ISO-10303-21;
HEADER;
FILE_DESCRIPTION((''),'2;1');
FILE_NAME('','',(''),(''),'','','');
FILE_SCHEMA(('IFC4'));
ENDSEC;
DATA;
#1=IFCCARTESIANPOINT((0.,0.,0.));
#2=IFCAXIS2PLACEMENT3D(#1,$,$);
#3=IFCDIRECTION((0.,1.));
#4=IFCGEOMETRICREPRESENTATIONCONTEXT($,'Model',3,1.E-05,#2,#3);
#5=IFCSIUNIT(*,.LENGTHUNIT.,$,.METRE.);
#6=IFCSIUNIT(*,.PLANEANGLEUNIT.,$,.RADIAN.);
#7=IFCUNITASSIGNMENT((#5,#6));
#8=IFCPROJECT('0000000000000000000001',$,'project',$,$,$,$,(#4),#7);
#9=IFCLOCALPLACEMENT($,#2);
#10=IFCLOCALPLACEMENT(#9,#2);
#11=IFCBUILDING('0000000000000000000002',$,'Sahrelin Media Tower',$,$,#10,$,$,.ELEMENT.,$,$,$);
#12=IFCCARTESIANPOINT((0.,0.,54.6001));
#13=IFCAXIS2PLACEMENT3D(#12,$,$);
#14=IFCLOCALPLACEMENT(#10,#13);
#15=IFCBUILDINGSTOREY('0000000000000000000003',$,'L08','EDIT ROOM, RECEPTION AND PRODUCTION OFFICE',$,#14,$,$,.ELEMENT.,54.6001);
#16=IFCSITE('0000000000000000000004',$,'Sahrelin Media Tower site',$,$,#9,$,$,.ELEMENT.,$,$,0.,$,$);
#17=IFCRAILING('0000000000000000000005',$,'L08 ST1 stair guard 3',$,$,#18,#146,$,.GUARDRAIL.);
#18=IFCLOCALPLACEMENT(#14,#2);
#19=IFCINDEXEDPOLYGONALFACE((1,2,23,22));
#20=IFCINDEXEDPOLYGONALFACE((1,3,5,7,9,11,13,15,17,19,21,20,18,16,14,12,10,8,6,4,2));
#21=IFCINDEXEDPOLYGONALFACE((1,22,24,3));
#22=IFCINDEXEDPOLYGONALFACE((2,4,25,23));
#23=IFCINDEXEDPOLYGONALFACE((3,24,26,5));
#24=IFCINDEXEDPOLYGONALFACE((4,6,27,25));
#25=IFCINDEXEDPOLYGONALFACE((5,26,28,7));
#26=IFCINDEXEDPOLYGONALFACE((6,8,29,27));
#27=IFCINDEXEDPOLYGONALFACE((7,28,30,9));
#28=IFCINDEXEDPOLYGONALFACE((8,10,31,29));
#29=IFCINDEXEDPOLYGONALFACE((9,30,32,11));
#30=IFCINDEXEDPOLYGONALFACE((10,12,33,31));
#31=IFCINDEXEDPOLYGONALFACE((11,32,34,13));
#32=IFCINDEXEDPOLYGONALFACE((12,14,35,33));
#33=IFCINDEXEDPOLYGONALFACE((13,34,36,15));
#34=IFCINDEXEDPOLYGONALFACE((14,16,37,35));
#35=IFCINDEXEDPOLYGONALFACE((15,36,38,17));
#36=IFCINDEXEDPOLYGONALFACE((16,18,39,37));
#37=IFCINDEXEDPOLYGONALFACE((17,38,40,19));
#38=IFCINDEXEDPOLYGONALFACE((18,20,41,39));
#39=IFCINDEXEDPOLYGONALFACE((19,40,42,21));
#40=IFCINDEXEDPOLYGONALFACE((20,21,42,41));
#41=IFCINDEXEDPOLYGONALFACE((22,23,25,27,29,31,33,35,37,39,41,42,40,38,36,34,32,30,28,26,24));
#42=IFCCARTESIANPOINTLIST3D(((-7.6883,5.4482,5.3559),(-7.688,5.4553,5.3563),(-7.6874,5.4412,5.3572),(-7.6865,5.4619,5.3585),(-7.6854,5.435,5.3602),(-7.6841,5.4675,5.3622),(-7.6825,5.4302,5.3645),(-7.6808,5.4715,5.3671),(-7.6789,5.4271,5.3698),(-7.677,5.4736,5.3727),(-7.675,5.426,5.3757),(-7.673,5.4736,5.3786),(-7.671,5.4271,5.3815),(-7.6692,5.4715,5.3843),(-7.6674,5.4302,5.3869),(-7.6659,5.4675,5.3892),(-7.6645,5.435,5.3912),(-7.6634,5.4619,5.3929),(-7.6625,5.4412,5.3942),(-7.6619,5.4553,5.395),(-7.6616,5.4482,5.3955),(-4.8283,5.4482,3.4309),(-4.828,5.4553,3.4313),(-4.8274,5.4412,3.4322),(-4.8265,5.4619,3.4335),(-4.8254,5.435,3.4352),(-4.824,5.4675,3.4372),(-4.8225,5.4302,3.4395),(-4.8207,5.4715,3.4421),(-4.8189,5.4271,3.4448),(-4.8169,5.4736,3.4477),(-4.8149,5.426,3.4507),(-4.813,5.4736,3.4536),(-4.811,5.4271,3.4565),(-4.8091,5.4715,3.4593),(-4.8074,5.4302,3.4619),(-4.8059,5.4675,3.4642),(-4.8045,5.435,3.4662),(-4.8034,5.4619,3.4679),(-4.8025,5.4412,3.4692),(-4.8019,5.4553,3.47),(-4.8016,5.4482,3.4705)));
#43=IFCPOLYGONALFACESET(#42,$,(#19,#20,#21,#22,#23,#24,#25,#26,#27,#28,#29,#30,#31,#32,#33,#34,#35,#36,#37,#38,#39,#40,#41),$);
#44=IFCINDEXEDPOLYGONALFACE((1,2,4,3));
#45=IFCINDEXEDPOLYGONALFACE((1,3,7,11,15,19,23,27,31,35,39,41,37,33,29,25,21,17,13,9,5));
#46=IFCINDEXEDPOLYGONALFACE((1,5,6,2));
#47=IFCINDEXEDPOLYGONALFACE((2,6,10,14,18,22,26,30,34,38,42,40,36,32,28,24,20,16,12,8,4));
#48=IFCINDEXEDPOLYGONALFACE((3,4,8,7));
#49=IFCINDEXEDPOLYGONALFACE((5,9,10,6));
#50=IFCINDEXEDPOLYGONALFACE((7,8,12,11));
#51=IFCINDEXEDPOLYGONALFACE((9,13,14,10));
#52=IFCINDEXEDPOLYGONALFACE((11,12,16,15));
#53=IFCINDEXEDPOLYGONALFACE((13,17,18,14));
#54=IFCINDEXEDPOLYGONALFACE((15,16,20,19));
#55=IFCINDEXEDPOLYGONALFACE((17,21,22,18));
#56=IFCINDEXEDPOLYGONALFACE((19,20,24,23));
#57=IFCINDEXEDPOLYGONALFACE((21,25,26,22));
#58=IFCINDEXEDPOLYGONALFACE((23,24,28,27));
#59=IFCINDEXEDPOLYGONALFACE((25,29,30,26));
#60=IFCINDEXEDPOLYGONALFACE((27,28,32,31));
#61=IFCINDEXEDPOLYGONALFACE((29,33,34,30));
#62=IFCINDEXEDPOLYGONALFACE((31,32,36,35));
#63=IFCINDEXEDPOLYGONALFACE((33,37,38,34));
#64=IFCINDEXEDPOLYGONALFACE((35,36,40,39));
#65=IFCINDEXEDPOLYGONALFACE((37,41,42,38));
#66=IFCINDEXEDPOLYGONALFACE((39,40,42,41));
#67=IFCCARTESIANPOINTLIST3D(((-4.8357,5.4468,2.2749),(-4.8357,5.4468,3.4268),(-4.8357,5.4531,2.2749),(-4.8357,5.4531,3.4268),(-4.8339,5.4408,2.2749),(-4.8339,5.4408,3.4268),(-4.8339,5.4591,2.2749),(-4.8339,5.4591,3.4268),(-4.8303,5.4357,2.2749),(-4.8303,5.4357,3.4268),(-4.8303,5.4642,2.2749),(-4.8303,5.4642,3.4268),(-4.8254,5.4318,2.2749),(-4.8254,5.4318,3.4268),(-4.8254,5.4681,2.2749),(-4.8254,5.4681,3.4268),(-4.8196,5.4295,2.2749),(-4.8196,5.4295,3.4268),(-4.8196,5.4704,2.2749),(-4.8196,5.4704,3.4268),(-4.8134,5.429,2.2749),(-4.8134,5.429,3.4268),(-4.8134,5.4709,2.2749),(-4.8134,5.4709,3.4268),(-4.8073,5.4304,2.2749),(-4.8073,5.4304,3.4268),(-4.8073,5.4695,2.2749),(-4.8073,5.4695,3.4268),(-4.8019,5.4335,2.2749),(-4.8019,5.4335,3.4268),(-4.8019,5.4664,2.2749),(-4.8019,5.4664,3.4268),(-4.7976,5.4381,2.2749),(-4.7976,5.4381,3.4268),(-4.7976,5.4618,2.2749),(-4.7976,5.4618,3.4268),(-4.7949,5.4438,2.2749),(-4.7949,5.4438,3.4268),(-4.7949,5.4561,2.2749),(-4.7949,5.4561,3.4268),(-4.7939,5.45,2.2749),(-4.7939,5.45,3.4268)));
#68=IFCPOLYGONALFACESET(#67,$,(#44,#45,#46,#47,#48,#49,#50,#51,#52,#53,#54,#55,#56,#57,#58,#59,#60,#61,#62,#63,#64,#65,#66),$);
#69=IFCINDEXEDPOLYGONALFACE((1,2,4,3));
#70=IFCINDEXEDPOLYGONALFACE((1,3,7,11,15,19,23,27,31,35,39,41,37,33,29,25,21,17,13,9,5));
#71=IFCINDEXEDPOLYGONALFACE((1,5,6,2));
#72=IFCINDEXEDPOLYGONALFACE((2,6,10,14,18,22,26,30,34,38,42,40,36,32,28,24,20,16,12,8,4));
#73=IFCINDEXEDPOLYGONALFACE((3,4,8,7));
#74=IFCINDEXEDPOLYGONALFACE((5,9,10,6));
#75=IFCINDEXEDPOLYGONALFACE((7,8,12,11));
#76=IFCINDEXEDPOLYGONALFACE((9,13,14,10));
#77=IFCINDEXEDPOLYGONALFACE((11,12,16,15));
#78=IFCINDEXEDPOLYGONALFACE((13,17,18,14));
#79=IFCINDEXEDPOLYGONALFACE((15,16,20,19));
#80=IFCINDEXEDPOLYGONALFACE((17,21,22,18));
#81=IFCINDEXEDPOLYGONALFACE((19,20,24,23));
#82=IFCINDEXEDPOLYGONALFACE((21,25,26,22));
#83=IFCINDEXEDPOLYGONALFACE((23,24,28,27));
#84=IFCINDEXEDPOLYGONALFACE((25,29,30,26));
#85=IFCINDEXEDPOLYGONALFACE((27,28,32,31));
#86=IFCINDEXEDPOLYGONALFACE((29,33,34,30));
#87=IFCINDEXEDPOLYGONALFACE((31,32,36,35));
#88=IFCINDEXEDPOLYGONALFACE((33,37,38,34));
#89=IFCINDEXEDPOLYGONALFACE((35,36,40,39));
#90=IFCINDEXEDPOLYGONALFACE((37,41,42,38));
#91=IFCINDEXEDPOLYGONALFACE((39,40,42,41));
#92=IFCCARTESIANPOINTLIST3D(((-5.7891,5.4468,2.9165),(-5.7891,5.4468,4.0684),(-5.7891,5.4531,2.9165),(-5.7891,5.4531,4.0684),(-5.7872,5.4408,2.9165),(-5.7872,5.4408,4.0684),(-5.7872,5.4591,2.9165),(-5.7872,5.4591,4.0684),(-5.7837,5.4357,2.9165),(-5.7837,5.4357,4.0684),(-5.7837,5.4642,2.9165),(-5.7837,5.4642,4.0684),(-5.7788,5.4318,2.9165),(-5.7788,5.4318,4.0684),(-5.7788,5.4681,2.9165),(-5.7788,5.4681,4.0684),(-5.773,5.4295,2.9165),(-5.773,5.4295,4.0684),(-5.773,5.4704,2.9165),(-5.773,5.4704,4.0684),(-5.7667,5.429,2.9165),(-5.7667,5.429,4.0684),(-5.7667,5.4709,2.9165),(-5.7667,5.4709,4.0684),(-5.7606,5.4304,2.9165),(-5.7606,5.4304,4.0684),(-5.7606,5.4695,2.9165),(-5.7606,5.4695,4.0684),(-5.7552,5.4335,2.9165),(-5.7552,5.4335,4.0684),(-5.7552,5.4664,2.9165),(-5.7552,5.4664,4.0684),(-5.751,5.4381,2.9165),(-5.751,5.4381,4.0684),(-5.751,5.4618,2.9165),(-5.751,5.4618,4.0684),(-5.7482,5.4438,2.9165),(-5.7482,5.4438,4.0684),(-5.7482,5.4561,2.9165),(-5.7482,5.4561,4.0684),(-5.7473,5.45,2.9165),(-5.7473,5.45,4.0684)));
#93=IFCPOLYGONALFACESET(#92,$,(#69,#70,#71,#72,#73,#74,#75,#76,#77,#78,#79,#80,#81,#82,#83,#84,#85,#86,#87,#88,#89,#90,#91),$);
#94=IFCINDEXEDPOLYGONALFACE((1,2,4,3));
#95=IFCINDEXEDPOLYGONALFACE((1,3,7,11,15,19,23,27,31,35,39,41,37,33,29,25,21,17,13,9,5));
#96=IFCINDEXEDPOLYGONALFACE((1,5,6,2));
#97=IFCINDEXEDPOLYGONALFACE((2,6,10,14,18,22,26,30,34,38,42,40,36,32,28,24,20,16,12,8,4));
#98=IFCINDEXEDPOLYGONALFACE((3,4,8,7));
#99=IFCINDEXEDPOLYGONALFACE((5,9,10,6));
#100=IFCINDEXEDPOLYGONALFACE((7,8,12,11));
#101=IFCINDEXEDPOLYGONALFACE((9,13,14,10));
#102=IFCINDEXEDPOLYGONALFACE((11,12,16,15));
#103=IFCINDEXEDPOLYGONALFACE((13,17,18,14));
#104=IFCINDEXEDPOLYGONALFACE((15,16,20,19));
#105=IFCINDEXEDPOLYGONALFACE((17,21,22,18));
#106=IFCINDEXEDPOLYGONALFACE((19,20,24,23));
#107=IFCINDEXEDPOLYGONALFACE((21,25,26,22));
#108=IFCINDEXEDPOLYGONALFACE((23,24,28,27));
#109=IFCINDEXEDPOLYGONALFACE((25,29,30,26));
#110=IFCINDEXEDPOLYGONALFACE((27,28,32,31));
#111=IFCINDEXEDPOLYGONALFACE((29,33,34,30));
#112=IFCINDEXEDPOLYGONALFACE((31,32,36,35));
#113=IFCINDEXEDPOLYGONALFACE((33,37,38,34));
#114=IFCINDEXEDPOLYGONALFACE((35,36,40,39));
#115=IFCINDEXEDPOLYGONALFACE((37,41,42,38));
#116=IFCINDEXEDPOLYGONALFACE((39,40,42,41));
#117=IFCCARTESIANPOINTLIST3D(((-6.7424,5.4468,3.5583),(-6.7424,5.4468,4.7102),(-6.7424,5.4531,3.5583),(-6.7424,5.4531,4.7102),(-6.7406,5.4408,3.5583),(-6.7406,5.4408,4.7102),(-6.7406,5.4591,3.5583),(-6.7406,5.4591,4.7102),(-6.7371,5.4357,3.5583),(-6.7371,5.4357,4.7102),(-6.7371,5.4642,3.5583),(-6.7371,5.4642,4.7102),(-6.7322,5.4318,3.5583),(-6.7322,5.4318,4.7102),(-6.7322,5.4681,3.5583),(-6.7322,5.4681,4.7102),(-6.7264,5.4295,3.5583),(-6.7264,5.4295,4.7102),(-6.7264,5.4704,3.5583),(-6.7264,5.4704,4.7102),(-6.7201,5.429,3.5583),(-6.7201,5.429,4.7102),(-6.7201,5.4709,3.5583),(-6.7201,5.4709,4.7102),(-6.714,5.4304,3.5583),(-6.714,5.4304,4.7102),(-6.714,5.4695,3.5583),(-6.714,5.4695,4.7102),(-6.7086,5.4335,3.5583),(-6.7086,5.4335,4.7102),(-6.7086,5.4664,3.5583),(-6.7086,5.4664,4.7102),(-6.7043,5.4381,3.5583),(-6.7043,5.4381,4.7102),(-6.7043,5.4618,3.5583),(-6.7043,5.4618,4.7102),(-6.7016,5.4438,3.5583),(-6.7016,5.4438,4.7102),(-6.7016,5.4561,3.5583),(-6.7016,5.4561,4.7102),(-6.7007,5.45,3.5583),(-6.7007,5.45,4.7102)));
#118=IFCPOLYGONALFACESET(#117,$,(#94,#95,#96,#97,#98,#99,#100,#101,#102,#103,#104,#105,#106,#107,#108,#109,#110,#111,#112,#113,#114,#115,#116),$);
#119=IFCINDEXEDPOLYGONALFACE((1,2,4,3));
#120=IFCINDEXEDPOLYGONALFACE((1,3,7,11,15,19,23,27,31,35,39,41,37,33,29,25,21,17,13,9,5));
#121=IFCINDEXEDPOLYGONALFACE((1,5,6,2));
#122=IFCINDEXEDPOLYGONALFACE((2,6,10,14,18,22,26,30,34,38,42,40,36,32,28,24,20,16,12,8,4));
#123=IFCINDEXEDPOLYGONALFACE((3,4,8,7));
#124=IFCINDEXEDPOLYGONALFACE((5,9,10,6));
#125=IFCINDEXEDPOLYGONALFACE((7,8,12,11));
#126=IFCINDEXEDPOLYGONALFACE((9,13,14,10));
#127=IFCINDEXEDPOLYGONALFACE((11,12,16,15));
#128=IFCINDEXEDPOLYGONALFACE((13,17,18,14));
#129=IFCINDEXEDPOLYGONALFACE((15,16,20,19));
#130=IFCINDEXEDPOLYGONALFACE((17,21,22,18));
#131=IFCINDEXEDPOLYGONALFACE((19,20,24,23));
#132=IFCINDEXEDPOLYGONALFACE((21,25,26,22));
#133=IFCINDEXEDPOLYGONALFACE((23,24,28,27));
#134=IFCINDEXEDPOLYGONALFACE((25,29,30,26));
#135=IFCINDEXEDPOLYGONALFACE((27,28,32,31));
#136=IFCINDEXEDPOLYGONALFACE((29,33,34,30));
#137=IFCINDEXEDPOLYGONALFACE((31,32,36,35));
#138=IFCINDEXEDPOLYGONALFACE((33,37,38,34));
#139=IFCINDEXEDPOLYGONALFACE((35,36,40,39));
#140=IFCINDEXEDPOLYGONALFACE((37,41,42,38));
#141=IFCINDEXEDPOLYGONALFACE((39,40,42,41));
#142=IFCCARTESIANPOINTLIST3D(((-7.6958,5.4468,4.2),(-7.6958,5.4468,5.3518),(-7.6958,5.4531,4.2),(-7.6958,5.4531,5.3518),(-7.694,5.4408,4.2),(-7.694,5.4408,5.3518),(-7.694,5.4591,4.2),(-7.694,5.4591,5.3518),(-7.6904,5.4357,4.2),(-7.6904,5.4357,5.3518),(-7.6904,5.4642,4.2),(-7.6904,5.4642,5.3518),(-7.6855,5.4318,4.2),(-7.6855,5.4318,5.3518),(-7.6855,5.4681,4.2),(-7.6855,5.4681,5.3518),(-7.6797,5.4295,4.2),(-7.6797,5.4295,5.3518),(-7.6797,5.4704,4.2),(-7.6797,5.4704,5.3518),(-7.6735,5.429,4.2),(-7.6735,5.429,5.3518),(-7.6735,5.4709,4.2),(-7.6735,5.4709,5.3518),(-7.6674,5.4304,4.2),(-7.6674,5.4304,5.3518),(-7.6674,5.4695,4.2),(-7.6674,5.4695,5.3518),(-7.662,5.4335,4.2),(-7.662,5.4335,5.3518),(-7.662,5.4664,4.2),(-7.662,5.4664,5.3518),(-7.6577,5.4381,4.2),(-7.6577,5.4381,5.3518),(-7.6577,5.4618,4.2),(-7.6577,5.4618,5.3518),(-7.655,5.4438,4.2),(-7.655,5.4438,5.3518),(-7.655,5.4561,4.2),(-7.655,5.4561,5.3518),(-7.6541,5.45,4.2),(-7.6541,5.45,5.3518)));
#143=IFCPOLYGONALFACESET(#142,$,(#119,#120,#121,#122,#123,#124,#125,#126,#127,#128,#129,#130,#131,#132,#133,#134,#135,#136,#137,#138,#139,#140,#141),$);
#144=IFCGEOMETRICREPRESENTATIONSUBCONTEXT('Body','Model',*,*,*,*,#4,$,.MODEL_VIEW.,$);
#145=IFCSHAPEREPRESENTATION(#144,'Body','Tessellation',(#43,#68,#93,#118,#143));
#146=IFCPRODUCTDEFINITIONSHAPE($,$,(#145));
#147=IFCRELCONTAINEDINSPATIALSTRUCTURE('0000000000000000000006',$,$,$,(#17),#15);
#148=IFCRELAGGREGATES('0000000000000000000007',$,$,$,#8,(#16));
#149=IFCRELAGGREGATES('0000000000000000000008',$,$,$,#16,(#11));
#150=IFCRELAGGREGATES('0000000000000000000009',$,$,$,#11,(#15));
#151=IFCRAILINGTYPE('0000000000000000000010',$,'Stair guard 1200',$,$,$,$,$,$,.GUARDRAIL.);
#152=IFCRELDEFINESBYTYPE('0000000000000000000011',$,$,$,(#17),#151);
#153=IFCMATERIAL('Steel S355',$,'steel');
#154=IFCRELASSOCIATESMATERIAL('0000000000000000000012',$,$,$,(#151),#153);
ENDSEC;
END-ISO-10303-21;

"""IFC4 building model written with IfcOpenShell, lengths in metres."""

from ifc_helpers import new_model, si_unit, direction, frame, origin, origin_2d, place, context, subcontext, project, spatial, circle, extrude, material, type_object, element, save


model = new_model("IFC4")

# Units and contexts
model_context = context("Model", 3, precision=1e-05, world=origin(), true_north=direction((0.0, 1.0)))
body_context = subcontext(model_context, "Body", "Model", "MODEL_VIEW")
ifc_project = project(units=[si_unit("LENGTHUNIT", "METRE"), si_unit("PLANEANGLEUNIT", "RADIAN")], contexts=[model_context])

# Site, building, storey
site_placement = place(None, origin())
site = spatial("IfcSite", under=ifc_project, at=site_placement, Name="Sahrelin Media Tower site", CompositionType="ELEMENT", RefElevation=0.0)
building_placement = place(site_placement, origin())
building = spatial("IfcBuilding", under=site, at=building_placement, Name="Sahrelin Media Tower", CompositionType="ELEMENT")
storey_placement = place(building_placement, frame((0.0, 0.0, 54.6001)))
storey = spatial("IfcBuildingStorey", under=building, at=storey_placement, Name="L08", Description="EDIT ROOM, RECEPTION AND PRODUCTION OFFICE", CompositionType="ELEMENT", Elevation=54.6001)

# Shared definitions
ifc_material_1 = material(Name="Steel S355", Category="steel")

# Railing
railing_type_1 = type_object("IfcRailingType", Name="Stair guard 1200", PredefinedType="GUARDRAIL", material=ifc_material_1)
railing_1_placement = place(storey_placement, frame((-4.8149, 5.45, 2.2749)))
element("IfcRailing", 1, at=railing_1_placement, inside=storey, type_object=railing_type_1, Name="L08 ST1 stair guard 3", PredefinedType="GUARDRAIL", context=body_context, shape_type="SweptSolid", body=[
    extrude(circle(Radius=0.0239, at=origin_2d()), frame((0.0, 0.0, 1.1758), z_axis=(-0.829591, 0.0, 0.558372), x_axis=(0.0, -1.0, 0.0)), (0.0, 0.0, 1.0), 3.4475),
    extrude(circle(Radius=0.021, at=origin_2d()), origin(), (0.0, 0.0, 1.0), 1.1519),
    extrude(circle(Radius=0.021, at=origin_2d()), frame((-0.9534, 0.0, 0.6416)), (0.0, 0.0, 1.0), 1.1519),
    extrude(circle(Radius=0.021, at=origin_2d()), frame((-1.9067, 0.0, 1.2834)), (0.0, 0.0, 1.0), 1.1519),
    extrude(circle(Radius=0.021, at=origin_2d()), frame((-2.8601, 0.0, 1.925)), (0.0, 0.0, 1.0), 1.1519),
])

save(model, "model.ifc")
